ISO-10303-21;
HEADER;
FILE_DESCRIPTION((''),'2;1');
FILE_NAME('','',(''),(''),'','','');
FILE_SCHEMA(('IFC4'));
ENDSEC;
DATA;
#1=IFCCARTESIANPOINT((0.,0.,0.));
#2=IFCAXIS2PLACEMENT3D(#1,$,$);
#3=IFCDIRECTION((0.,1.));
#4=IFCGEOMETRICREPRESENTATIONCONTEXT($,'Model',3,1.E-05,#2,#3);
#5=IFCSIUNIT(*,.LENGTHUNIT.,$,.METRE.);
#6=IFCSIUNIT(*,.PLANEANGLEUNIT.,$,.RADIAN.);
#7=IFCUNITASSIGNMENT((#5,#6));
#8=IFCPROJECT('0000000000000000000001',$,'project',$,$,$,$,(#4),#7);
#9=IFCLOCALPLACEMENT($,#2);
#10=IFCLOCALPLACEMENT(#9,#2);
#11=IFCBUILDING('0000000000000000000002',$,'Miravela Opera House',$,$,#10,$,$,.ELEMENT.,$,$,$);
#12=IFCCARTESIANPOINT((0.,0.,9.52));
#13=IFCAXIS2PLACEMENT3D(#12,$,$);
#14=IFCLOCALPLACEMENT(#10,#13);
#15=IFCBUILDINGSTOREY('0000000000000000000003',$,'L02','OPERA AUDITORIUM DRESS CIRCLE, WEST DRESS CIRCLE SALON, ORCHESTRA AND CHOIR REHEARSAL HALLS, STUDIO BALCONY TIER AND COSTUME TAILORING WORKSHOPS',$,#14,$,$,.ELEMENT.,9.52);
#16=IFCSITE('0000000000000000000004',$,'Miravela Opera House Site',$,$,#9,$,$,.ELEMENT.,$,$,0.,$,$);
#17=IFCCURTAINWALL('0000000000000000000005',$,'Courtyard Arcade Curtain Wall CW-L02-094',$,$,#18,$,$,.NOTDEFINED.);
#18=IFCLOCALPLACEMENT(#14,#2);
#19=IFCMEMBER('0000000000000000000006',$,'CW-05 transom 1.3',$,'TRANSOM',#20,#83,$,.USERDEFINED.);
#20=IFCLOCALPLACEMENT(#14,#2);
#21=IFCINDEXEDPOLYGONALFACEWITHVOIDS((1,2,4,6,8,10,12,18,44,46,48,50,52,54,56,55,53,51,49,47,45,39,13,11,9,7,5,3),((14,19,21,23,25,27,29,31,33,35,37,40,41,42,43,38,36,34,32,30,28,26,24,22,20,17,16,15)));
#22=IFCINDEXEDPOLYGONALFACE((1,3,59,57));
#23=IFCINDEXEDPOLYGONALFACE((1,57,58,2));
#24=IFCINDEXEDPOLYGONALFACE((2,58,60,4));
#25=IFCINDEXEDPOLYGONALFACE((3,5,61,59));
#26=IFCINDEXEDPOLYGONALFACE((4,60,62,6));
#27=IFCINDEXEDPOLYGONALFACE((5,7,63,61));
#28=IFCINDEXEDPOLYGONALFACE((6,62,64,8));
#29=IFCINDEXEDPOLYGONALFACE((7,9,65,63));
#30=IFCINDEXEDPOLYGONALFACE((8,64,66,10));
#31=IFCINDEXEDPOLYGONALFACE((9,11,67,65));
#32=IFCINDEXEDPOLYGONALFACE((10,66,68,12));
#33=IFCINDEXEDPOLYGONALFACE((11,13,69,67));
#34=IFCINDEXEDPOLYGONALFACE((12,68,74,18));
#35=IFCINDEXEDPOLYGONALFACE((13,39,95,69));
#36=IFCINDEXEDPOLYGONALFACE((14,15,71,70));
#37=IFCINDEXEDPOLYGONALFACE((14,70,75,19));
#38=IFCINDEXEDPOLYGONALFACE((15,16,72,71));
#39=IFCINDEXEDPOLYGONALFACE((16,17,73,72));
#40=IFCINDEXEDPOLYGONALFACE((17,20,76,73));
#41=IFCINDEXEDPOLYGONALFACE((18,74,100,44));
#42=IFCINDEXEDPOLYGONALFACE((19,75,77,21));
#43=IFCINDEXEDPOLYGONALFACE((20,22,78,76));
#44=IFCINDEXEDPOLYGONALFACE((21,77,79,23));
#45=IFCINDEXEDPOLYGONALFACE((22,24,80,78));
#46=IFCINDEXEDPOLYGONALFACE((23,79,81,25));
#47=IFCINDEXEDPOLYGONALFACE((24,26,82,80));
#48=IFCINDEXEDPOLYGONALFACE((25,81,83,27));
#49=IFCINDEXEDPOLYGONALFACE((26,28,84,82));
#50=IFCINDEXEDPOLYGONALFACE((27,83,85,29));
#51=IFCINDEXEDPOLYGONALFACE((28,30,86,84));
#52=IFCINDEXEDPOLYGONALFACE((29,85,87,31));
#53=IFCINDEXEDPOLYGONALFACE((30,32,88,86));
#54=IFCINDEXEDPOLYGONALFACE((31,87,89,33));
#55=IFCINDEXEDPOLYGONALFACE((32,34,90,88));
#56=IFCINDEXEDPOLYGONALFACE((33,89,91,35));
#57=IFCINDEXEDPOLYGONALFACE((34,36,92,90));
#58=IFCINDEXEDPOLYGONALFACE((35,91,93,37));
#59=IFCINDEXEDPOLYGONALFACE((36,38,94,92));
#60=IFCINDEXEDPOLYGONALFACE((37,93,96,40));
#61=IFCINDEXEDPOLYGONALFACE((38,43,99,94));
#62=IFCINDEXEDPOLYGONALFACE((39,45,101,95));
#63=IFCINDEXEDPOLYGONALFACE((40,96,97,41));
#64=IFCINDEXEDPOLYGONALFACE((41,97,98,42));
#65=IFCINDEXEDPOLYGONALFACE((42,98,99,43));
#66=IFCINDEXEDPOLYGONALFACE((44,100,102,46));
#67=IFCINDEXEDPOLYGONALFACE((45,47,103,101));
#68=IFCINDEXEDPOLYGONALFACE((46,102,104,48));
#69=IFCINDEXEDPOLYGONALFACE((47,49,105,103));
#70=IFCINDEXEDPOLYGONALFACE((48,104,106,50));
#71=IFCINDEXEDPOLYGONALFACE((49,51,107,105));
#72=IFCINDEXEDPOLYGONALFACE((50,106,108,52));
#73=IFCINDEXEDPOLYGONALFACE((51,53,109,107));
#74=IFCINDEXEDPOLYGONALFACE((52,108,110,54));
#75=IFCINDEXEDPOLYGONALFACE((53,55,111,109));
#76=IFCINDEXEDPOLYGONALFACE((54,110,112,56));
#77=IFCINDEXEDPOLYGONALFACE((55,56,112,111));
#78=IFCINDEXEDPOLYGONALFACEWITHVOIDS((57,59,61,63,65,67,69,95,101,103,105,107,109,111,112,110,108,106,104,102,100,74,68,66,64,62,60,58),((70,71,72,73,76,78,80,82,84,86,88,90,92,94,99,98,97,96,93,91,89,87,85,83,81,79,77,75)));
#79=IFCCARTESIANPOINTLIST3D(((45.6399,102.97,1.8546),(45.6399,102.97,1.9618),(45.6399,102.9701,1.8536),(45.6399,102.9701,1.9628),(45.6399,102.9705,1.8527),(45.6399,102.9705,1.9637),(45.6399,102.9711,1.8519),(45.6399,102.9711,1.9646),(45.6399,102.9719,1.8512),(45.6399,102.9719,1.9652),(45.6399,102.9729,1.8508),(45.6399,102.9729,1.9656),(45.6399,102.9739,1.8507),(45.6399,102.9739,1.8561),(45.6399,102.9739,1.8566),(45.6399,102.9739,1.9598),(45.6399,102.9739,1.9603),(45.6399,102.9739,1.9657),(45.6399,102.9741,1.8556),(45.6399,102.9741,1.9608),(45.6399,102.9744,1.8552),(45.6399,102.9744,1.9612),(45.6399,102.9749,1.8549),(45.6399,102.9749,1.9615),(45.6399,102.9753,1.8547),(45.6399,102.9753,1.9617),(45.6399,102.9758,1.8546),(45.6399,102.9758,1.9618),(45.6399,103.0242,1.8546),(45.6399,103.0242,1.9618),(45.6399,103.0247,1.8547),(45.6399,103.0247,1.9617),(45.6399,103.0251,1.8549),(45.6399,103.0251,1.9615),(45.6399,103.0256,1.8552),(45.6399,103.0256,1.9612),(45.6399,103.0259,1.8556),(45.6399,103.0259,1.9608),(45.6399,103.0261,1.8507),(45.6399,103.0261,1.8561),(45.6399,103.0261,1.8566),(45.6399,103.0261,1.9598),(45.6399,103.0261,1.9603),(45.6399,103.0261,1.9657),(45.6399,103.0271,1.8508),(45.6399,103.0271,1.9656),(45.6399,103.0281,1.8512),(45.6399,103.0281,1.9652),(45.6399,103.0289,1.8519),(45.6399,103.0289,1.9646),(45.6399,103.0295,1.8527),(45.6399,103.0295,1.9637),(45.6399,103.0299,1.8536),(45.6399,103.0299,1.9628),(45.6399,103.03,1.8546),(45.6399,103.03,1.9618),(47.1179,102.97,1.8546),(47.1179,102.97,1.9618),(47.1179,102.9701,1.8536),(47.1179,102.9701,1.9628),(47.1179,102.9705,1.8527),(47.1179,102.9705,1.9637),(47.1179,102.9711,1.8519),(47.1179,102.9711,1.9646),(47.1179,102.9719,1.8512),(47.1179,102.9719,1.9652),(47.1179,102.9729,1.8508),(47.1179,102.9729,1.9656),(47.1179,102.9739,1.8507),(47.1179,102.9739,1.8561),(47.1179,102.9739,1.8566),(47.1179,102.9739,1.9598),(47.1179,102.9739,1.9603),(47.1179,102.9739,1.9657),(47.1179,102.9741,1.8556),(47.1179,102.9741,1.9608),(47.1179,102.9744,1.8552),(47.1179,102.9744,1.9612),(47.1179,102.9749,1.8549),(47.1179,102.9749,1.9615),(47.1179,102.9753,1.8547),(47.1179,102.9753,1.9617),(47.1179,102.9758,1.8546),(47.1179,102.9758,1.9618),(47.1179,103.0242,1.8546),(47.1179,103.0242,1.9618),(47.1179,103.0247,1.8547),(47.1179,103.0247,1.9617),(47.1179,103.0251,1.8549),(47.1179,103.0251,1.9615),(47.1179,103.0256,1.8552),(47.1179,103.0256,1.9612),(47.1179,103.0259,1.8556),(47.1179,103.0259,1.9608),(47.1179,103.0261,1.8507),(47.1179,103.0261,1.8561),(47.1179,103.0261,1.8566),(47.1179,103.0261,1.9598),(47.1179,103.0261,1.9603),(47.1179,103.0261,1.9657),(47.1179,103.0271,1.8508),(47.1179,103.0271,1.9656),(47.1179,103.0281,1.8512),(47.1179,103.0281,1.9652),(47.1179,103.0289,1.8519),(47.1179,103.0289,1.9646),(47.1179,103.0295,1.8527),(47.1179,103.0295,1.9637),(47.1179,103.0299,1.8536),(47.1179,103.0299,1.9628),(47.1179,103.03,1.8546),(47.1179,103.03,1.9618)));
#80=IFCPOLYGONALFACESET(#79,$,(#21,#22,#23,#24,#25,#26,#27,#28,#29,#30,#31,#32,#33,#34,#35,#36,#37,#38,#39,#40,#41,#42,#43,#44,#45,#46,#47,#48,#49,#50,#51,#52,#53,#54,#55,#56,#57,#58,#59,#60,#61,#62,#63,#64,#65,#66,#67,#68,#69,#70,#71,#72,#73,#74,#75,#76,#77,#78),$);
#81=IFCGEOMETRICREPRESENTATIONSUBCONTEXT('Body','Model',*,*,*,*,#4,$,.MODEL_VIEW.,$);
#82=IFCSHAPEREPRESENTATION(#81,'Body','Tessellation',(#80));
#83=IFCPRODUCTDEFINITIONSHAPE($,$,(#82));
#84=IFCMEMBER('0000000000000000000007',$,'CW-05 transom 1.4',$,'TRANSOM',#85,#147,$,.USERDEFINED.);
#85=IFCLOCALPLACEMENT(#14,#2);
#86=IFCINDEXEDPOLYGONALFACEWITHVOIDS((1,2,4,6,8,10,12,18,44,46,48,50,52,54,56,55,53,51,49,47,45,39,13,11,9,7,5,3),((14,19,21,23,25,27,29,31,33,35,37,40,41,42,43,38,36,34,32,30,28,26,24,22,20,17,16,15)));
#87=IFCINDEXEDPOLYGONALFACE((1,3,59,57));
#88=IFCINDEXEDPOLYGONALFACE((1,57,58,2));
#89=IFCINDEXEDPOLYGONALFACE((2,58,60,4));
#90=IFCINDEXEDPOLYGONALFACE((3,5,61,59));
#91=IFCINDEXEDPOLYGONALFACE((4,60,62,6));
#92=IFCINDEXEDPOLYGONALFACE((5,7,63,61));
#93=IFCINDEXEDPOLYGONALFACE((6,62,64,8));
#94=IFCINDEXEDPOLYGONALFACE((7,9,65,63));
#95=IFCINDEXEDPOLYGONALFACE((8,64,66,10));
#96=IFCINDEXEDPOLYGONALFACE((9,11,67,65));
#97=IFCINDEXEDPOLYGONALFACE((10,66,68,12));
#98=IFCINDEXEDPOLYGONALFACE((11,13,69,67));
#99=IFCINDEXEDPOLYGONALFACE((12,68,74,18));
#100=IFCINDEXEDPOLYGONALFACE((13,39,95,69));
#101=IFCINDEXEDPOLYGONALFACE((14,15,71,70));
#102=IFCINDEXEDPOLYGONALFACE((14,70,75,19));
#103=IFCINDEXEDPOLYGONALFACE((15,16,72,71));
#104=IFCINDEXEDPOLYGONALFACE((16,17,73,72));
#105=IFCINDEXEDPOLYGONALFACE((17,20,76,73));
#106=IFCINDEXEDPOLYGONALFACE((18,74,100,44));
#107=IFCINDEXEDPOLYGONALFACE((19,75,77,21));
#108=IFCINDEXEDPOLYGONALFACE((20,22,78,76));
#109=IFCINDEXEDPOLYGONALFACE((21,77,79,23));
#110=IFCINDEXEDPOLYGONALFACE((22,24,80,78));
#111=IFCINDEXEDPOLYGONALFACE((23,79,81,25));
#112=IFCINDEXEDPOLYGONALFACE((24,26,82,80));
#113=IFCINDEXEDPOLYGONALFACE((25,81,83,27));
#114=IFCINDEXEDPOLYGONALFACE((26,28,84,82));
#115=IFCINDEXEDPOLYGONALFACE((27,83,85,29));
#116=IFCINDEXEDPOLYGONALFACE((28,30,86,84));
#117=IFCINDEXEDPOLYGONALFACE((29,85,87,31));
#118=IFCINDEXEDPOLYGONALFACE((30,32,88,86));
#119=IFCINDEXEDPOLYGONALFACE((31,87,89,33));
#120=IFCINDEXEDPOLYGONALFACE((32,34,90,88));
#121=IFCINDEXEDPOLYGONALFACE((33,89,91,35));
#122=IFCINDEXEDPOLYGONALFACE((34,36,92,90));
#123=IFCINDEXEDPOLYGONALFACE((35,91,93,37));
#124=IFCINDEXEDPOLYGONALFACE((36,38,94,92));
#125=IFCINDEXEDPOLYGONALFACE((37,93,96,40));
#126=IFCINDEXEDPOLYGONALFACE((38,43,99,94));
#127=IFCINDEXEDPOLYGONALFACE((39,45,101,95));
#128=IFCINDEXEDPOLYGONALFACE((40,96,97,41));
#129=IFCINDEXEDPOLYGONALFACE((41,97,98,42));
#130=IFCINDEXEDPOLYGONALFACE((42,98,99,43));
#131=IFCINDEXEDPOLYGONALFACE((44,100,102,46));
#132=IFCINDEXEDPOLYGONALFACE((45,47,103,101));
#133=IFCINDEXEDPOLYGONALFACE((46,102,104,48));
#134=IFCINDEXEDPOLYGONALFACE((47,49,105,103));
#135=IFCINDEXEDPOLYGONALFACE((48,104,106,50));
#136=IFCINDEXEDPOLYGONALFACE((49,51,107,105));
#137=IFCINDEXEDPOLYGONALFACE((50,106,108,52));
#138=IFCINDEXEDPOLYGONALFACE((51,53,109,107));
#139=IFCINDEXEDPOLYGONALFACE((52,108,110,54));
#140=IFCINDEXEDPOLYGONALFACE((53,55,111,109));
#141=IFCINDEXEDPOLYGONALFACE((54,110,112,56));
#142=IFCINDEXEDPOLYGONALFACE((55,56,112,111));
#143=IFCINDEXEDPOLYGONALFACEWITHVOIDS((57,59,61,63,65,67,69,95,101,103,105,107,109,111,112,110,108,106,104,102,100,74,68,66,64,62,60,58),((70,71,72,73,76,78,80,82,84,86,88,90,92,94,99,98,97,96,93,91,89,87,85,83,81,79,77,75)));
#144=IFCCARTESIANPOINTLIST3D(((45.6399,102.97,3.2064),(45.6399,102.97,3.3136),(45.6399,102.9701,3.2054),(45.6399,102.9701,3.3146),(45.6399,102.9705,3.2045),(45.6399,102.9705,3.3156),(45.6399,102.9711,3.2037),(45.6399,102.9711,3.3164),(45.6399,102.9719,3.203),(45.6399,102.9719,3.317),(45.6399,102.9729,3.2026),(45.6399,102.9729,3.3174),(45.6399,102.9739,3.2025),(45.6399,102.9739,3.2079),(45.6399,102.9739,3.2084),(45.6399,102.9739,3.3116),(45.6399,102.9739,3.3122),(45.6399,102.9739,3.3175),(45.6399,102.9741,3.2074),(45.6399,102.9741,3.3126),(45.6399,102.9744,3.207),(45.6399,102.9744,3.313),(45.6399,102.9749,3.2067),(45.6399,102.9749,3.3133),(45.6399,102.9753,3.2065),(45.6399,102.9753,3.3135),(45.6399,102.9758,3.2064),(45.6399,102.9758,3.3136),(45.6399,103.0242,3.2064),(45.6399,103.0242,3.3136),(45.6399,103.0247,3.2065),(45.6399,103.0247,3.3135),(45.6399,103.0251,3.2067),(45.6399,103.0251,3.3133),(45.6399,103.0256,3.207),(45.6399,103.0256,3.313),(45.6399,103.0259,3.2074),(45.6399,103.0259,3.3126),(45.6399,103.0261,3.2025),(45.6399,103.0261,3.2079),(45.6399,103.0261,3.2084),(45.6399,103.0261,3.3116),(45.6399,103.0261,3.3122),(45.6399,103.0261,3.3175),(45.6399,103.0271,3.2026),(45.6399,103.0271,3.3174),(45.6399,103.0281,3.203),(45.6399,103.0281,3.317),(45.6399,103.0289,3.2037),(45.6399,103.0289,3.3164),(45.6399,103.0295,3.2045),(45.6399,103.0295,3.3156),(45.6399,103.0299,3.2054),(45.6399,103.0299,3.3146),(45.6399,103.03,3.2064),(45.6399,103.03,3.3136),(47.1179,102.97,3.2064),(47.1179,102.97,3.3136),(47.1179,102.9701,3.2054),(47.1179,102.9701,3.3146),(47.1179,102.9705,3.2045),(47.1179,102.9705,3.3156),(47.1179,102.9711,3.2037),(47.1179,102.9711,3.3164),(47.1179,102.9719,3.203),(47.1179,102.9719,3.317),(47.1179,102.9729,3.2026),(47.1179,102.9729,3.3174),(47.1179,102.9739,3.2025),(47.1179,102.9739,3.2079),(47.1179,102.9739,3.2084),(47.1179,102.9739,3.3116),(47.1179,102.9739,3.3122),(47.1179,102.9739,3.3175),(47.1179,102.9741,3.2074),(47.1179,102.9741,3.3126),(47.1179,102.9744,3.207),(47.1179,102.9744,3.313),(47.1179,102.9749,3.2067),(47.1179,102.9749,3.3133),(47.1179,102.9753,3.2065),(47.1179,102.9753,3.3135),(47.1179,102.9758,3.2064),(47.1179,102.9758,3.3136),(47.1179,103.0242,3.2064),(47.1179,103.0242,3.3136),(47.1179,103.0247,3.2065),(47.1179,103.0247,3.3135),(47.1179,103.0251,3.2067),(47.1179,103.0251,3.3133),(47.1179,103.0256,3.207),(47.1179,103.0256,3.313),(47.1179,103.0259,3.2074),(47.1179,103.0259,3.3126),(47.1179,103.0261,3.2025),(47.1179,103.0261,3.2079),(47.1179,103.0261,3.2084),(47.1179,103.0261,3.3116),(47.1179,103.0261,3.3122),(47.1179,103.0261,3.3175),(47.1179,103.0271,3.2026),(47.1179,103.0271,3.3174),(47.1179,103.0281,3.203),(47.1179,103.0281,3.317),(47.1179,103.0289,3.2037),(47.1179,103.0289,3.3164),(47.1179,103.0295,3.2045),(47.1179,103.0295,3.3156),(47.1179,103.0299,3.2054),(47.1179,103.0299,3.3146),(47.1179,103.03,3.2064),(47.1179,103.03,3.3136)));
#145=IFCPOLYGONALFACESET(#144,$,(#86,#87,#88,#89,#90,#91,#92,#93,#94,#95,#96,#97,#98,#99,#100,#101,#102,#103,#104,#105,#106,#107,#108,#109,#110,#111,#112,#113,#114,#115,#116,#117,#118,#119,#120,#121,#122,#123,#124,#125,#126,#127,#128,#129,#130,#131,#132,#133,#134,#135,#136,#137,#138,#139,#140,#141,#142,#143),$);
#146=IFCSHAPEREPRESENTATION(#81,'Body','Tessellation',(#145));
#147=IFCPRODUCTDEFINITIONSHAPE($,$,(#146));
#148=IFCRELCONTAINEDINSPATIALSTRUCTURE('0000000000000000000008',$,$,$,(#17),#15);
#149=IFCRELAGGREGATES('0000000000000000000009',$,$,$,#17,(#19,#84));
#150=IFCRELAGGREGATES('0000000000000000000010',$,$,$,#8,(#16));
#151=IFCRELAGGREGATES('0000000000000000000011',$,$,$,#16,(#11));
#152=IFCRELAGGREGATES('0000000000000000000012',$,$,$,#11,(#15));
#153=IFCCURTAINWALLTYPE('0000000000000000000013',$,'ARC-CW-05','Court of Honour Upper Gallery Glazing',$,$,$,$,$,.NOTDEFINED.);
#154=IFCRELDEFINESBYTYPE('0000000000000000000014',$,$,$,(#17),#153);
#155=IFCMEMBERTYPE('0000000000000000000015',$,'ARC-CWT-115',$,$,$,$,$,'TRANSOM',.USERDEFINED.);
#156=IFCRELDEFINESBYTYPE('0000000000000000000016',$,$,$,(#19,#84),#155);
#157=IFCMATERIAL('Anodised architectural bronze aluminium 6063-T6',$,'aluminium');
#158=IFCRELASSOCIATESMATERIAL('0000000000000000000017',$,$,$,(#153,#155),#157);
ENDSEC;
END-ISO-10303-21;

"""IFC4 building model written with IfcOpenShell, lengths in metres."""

from ifc_helpers import new_model, si_unit, direction, frame, origin, origin_2d, place, context, subcontext, project, spatial, hollow_rectangle, extrude, material, material_profile, profile_set, type_object, element, aggregate, save


model = new_model("IFC4")

# Units and contexts
model_context = context("Model", 3, precision=1e-05, world=origin(), true_north=direction((0.0, 1.0)))
body_context = subcontext(model_context, "Body", "Model", "MODEL_VIEW")
ifc_project = project(units=[si_unit("LENGTHUNIT", "METRE"), si_unit("PLANEANGLEUNIT", "RADIAN")], contexts=[model_context])

# Site, building, storey
site_placement = place(None, origin())
site = spatial("IfcSite", under=ifc_project, at=site_placement, Name="Miravela Opera House Site", CompositionType="ELEMENT", RefElevation=0.0)
building_placement = place(site_placement, origin())
building = spatial("IfcBuilding", under=site, at=building_placement, Name="Miravela Opera House", CompositionType="ELEMENT")
storey_placement = place(building_placement, frame((0.0, 0.0, 9.52)))
storey = spatial("IfcBuildingStorey", under=building, at=storey_placement, Name="L02", Description="OPERA AUDITORIUM DRESS CIRCLE, WEST DRESS CIRCLE SALON, ORCHESTRA AND CHOIR REHEARSAL HALLS, STUDIO BALCONY TIER AND COSTUME TAILORING WORKSHOPS", CompositionType="ELEMENT", Elevation=9.52)

# Shared definitions
ifc_material_1 = material(Name="Anodised architectural bronze aluminium 6063-T6", Category="aluminium")
curtain_wall_type = type_object("IfcCurtainWallType", Name="ARC-CW-05", Description="Court of Honour Upper Gallery Glazing", PredefinedType="NOTDEFINED", material=ifc_material_1)

# Curtain wall
curtain_wall_1_placement = place(storey_placement, origin())
curtain_wall_1 = element("IfcCurtainWall", 1, at=curtain_wall_1_placement, inside=storey, type_object=curtain_wall_type, Name="Courtyard Arcade Curtain Wall CW-L02-094", PredefinedType="NOTDEFINED")

# Members
ifc_material_profile_1 = material_profile(ifc_material_1, hollow_rectangle(XDim=0.0601, YDim=0.115, WallThickness=0.0039, InnerFilletRadius=0.002, OuterFilletRadius=0.0039, at=origin_2d()), Name="CWT-60X115")
ifc_profile_set_1 = profile_set([ifc_material_profile_1])
member_type_1 = type_object("IfcMemberType", Name="ARC-CWT-115", ElementType="TRANSOM", PredefinedType="USERDEFINED", material=ifc_profile_set_1)
member_1_placement = place(storey_placement, frame((45.6399, 103.0, 1.9082), z_axis=(1.0, 0.0, 0.0), x_axis=(0.0, 1.0, 0.0)))
member_1 = element("IfcMember", 2, at=member_1_placement, type_object=member_type_1, Name="CW-05 transom 1.3", ObjectType="TRANSOM", PredefinedType="USERDEFINED", context=body_context, shape_type="SweptSolid", body=[
    extrude(hollow_rectangle(XDim=0.0601, YDim=0.115, WallThickness=0.0039, InnerFilletRadius=0.002, OuterFilletRadius=0.0039, at=origin_2d()), origin(), (0.0, 0.0, 1.0), 1.478),
])
member_2_placement = place(storey_placement, frame((45.6399, 103.0, 3.26), z_axis=(1.0, 0.0, 0.0), x_axis=(0.0, 1.0, 0.0)))
member_2 = element("IfcMember", 3, at=member_2_placement, type_object=member_type_1, Name="CW-05 transom 1.4", ObjectType="TRANSOM", PredefinedType="USERDEFINED", context=body_context, shape_type="SweptSolid", body=[
    extrude(hollow_rectangle(XDim=0.0601, YDim=0.115, WallThickness=0.0039, InnerFilletRadius=0.002, OuterFilletRadius=0.0039, at=origin_2d()), origin(), (0.0, 0.0, 1.0), 1.478),
])

aggregate(curtain_wall_1, [member_1, member_2])

save(model, "model.ifc")
